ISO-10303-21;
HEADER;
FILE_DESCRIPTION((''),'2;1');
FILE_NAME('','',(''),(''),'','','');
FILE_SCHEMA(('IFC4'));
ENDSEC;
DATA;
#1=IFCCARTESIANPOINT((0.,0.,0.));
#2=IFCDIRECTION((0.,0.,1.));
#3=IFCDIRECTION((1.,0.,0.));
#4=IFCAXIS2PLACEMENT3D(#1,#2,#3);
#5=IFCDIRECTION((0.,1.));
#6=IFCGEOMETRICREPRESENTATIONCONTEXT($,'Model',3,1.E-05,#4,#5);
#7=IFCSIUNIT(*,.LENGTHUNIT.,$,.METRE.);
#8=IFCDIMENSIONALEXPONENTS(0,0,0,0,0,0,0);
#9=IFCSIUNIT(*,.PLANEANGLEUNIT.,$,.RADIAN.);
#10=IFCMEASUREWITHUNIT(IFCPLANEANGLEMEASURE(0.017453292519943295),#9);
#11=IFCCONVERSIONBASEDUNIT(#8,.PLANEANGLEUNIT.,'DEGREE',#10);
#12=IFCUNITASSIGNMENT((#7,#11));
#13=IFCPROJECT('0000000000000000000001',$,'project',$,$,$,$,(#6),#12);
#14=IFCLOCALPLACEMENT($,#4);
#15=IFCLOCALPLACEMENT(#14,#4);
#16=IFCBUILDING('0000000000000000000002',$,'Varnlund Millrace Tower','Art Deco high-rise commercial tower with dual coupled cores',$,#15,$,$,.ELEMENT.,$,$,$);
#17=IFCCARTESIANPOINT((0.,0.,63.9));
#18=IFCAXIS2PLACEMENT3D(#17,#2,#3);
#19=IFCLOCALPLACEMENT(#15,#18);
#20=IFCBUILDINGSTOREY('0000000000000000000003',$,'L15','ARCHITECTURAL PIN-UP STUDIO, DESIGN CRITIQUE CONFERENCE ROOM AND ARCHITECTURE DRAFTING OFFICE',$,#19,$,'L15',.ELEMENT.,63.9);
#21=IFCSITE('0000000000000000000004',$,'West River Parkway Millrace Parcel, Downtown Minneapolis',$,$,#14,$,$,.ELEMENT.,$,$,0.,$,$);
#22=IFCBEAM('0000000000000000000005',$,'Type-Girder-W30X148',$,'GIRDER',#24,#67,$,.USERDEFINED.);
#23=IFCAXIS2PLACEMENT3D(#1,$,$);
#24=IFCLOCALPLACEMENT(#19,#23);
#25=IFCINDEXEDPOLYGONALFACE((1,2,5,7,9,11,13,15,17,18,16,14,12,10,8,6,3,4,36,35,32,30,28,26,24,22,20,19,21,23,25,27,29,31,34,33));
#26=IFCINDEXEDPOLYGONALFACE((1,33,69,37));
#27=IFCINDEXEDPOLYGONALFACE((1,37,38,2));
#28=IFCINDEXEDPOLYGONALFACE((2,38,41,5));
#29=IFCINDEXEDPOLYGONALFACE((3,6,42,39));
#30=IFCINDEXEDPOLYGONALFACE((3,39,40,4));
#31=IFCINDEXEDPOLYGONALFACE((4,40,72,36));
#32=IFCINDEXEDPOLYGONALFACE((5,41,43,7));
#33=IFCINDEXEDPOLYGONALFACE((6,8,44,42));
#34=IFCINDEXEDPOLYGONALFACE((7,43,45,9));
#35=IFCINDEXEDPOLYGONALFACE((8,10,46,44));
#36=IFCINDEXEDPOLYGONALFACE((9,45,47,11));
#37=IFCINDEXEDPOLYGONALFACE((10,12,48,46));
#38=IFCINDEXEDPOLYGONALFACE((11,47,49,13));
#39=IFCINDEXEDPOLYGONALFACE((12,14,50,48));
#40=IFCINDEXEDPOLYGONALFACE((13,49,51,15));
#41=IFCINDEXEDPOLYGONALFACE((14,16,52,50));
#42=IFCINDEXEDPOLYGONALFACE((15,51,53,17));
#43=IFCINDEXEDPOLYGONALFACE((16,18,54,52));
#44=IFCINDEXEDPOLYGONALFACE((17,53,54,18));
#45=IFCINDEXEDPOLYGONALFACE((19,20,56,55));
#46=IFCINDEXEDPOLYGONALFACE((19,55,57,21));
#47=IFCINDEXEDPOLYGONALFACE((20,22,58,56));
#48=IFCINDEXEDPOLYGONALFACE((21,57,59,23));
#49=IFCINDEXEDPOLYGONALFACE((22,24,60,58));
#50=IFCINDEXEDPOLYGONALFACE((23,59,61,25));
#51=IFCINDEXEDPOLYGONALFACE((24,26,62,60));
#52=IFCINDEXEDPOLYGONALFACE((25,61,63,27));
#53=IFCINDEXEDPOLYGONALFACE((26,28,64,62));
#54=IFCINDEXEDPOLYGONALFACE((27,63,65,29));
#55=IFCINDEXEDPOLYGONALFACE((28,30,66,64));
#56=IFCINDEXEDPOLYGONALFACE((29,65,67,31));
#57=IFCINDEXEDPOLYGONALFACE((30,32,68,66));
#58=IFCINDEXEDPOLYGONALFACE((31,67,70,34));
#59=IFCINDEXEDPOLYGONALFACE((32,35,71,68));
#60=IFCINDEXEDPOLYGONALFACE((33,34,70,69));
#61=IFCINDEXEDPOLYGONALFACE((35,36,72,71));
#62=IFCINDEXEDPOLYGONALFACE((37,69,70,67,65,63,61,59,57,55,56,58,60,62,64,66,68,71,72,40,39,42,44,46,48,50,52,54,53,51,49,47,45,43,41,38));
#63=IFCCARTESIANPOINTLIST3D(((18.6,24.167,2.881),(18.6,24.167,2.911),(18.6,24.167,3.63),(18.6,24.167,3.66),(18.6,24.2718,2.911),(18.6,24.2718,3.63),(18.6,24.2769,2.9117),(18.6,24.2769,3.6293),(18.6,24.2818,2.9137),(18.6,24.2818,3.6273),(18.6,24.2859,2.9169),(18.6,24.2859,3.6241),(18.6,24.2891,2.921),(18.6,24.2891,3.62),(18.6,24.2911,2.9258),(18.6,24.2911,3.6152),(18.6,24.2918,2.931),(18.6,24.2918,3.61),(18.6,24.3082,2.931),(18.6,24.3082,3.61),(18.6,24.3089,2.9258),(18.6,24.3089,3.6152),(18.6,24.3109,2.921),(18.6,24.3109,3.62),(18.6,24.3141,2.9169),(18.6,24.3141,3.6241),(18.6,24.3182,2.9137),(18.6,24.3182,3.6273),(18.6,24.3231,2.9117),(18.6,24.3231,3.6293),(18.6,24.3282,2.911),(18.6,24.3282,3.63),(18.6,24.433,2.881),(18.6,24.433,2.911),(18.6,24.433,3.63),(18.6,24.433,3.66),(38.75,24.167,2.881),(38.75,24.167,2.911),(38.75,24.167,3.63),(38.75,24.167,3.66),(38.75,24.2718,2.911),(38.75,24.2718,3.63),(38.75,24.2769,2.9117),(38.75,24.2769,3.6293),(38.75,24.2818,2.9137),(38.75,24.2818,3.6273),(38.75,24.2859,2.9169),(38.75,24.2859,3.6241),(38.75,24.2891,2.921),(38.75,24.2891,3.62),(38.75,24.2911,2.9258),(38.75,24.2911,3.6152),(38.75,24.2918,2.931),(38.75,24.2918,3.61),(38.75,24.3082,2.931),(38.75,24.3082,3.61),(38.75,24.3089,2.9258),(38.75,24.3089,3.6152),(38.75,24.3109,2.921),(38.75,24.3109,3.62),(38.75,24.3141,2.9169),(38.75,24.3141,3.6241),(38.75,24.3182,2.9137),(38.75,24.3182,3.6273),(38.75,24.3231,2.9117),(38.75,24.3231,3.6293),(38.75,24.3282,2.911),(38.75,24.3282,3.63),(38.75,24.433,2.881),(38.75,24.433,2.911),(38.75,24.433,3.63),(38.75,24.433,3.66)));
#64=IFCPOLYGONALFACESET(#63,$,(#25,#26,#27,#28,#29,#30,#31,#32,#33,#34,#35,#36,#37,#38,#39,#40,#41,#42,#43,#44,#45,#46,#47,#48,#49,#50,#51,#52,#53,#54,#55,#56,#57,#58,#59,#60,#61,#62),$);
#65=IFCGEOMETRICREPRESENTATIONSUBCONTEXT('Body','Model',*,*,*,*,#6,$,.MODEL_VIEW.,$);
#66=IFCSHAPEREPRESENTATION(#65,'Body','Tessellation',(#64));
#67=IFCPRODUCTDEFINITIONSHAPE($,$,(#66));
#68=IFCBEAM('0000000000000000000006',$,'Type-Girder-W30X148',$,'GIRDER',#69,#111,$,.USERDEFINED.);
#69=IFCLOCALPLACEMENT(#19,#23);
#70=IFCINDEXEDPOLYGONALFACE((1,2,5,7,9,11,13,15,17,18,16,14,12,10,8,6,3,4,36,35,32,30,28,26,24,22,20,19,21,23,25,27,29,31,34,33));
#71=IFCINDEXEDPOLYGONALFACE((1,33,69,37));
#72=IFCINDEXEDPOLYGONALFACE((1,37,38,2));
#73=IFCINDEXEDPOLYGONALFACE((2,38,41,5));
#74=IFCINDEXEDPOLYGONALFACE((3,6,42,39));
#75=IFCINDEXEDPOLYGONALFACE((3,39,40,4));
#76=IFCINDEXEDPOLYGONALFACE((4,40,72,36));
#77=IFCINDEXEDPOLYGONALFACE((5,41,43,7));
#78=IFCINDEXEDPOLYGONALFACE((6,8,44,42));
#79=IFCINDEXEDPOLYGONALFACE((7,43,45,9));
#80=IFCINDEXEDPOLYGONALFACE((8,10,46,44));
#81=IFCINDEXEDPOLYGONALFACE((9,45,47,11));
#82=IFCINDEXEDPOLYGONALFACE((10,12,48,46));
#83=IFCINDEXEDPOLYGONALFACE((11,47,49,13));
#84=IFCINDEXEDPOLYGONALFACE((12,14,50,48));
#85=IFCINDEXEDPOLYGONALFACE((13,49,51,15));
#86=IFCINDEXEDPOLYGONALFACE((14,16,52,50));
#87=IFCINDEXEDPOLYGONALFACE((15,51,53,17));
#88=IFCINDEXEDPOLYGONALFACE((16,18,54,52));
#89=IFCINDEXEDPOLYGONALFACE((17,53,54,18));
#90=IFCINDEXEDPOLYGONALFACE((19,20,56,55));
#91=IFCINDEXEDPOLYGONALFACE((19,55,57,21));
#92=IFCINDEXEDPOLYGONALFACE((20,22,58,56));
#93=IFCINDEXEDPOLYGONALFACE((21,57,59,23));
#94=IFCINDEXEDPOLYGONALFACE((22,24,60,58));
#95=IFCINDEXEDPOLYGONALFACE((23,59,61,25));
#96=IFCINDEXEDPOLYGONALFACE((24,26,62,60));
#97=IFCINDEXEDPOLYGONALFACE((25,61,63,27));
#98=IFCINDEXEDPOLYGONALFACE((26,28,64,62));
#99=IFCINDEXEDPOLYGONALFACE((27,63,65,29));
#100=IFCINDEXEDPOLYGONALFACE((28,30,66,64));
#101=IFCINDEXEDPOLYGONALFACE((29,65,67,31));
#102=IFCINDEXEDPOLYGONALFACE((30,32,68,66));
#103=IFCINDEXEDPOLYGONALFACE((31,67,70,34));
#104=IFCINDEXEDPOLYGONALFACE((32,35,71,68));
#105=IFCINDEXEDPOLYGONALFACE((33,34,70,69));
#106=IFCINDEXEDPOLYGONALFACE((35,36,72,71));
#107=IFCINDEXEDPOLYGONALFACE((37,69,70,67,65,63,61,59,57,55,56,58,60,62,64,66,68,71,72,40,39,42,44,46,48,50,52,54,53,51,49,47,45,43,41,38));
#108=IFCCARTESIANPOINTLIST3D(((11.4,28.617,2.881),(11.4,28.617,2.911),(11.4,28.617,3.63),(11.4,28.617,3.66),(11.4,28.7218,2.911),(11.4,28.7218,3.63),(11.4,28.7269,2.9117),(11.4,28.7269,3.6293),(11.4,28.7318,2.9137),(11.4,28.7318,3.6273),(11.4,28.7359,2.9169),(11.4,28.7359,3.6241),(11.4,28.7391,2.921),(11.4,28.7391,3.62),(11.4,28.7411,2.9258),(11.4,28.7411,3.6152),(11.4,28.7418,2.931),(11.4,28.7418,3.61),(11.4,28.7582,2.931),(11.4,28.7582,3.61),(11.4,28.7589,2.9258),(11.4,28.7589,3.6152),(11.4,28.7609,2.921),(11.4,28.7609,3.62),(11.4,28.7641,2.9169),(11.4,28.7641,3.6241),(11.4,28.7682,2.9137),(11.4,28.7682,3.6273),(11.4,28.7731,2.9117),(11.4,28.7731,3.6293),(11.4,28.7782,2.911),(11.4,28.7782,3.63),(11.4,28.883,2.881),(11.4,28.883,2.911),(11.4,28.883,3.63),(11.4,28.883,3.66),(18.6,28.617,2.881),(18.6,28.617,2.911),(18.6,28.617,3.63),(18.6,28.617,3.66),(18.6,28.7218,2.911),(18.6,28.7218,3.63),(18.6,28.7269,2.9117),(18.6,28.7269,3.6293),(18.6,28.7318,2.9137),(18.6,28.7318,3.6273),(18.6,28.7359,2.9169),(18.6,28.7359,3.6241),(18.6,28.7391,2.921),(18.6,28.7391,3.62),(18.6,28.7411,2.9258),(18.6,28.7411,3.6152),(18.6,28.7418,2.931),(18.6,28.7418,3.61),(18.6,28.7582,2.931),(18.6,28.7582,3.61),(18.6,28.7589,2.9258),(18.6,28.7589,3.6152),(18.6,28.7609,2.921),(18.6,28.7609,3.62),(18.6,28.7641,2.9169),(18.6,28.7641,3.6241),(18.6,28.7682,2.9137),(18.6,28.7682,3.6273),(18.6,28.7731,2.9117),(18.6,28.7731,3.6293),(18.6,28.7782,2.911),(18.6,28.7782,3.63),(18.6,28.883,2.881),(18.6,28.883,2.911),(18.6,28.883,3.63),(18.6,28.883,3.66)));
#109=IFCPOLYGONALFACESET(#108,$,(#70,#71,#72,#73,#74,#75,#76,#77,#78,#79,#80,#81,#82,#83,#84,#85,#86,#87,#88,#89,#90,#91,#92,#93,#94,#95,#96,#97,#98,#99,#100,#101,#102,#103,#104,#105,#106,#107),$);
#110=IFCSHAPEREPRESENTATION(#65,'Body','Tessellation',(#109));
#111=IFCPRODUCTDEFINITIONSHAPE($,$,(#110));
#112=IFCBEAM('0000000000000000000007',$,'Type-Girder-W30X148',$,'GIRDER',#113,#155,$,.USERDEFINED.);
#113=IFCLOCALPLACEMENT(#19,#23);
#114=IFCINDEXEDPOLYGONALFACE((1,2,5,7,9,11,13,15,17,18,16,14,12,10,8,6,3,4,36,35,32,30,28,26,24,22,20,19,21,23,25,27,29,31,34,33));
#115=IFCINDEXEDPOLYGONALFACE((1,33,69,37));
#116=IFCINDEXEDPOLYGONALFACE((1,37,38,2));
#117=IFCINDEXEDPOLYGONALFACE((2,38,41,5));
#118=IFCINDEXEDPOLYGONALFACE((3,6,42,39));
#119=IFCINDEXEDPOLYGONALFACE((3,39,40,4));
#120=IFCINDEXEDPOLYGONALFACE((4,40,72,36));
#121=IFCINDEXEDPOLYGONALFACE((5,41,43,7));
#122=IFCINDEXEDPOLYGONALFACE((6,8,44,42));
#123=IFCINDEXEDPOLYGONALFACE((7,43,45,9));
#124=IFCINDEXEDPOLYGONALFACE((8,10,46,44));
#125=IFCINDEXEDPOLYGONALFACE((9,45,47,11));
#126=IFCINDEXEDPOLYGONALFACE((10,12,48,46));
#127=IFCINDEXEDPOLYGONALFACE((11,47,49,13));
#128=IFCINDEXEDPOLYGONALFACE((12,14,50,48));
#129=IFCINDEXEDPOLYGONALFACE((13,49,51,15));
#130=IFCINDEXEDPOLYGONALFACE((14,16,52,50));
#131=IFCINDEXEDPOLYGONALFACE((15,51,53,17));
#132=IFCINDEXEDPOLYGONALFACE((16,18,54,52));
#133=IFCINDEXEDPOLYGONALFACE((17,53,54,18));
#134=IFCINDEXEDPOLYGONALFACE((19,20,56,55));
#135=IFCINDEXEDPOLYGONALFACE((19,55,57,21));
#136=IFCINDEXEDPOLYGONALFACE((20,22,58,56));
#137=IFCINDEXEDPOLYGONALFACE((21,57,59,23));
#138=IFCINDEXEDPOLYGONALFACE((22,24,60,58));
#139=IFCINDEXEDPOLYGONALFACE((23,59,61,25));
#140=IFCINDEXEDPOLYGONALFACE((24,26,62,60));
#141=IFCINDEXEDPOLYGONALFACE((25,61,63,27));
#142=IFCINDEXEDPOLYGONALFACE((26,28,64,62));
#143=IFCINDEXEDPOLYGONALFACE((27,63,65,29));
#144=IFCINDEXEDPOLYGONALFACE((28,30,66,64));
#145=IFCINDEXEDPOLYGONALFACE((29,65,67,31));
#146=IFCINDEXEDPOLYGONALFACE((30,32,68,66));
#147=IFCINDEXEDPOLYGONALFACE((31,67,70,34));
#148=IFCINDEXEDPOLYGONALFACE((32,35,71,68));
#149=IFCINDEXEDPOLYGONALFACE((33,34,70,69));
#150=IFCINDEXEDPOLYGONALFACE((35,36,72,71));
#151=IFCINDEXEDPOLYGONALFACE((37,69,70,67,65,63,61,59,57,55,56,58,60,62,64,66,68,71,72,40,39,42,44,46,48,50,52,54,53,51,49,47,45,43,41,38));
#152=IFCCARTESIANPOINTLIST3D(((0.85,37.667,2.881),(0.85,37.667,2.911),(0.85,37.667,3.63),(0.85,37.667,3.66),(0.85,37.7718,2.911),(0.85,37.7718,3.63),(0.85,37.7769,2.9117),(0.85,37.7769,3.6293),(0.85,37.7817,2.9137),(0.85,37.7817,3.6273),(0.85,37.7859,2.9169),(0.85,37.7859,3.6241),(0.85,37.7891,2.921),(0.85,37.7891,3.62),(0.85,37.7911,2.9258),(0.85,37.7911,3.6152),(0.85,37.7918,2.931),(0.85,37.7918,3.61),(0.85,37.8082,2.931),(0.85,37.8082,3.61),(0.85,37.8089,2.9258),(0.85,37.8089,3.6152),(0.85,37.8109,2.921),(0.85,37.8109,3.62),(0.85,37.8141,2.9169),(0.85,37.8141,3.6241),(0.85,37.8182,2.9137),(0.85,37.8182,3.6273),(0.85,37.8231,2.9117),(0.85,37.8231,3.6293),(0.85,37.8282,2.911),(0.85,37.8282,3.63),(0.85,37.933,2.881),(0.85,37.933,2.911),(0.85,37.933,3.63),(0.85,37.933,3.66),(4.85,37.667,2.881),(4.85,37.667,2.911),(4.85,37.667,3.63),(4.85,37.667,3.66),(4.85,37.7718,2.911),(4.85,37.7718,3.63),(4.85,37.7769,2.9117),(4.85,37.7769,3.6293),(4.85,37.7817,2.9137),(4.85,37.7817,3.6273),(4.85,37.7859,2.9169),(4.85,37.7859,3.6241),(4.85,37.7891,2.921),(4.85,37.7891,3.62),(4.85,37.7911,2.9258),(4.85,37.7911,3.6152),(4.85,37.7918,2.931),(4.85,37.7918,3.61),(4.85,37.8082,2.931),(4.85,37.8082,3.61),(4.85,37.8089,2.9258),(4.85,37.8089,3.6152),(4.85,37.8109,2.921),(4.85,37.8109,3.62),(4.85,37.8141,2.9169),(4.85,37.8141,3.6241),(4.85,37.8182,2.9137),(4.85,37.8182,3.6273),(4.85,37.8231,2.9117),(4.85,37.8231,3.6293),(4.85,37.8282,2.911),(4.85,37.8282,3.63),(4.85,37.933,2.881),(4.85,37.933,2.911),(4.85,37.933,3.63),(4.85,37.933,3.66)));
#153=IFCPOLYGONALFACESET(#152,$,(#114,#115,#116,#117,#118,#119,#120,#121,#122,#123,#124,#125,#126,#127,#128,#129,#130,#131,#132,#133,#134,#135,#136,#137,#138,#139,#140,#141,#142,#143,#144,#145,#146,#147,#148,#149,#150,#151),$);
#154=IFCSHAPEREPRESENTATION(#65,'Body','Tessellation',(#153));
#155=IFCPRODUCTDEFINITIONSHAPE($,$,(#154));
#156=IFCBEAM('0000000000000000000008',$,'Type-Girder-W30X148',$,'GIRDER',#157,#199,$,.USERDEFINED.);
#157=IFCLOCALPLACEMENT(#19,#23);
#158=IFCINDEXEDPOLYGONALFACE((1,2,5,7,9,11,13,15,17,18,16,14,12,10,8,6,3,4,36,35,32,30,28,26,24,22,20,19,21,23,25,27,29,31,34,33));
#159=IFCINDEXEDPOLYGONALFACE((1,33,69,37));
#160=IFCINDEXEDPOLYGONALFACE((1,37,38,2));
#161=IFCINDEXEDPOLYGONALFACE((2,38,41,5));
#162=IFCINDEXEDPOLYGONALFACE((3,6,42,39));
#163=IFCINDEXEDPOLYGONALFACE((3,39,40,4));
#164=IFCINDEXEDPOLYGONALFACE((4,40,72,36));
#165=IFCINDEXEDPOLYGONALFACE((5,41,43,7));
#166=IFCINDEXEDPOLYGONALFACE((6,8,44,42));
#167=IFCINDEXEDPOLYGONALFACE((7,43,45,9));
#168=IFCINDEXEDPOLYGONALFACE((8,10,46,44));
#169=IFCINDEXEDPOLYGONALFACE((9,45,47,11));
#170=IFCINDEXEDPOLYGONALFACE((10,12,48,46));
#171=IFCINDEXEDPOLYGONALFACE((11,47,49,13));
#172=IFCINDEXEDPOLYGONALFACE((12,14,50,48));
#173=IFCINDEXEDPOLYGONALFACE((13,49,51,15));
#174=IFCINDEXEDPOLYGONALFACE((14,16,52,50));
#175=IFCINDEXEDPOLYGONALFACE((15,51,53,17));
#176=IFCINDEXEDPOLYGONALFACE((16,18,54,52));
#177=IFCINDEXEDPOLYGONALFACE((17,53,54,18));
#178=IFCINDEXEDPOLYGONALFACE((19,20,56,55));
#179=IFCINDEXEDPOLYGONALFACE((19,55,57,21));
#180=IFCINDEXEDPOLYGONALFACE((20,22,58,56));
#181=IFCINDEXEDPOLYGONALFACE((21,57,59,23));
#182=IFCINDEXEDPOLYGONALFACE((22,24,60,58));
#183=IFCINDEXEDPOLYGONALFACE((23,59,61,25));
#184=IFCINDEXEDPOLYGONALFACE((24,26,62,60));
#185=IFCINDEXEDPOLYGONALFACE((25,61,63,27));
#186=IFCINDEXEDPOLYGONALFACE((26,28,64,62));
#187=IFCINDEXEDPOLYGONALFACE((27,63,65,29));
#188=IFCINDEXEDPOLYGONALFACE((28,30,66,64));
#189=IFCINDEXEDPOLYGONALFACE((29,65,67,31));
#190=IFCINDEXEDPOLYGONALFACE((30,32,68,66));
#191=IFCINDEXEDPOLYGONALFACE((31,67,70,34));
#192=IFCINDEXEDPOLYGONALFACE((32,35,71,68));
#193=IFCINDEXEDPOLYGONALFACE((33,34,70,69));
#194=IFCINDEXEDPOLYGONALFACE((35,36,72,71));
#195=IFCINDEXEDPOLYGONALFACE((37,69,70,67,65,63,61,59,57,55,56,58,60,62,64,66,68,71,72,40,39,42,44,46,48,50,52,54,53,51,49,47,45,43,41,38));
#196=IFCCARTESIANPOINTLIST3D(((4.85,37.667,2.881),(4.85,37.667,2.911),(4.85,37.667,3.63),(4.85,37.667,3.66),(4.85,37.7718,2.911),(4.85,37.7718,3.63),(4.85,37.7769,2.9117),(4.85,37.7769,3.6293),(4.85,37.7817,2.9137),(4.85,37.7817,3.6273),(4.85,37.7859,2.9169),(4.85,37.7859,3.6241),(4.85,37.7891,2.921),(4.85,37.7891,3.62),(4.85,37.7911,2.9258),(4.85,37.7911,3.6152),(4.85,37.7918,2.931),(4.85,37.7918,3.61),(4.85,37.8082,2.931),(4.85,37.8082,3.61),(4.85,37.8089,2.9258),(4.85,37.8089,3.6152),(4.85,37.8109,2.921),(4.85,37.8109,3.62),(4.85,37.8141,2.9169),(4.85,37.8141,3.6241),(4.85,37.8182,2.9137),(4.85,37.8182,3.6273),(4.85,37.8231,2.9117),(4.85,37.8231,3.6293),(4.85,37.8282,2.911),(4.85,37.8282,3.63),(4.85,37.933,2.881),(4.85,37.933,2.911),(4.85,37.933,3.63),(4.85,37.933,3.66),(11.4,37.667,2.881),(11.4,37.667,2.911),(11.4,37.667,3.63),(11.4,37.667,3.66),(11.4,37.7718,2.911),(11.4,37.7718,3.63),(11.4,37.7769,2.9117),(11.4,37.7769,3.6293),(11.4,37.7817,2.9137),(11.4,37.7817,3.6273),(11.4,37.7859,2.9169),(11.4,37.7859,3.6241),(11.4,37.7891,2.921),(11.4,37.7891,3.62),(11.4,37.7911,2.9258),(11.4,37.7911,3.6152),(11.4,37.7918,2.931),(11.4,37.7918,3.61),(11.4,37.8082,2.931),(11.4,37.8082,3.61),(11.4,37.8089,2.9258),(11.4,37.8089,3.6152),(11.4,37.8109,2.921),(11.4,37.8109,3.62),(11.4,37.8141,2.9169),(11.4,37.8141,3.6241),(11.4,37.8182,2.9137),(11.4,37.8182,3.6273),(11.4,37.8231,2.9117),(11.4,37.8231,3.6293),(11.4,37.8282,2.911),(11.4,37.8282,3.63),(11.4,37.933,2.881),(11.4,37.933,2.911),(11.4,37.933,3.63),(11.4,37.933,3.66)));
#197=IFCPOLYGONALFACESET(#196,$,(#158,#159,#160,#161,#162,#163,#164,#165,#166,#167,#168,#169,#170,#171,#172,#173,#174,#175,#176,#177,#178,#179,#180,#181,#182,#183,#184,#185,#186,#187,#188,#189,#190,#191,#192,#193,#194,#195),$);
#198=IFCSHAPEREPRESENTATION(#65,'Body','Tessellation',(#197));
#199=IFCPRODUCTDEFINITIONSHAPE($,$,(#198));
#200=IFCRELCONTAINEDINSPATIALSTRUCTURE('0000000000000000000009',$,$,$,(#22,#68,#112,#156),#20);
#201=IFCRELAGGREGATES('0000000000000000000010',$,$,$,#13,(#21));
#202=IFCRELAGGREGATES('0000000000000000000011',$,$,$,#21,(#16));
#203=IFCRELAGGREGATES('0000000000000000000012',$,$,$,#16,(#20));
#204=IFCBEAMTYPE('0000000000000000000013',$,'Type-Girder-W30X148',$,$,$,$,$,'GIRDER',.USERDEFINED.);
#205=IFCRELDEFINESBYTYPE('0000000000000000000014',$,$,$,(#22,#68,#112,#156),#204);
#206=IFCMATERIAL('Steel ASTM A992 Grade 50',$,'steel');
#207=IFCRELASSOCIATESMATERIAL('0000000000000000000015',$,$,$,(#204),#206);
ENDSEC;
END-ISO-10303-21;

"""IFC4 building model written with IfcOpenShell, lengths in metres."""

from ifc_helpers import new_model, entity, si_unit, converted_unit, direction, frame, origin_with_axes, origin_2d_with_axis, place, context, subcontext, project, spatial, i_section, extrude, material, material_profile, profile_set, type_object, element, save


model = new_model("IFC4")

# Units and contexts
model_context = context("Model", 3, precision=1e-05, world=origin_with_axes(), true_north=direction((0.0, 1.0)))
body_context = subcontext(model_context, "Body", "Model", "MODEL_VIEW")
ifc_project = project(units=[si_unit("LENGTHUNIT", "METRE"), converted_unit("PLANEANGLEUNIT", "DEGREE", entity("IfcPlaneAngleMeasure", 0.017453292519943295), si_unit("PLANEANGLEUNIT", "RADIAN"), dimensions=[0, 0, 0, 0, 0, 0, 0])], contexts=[model_context])

# Site, building, storey
site_placement = place(None, origin_with_axes())
site = spatial("IfcSite", under=ifc_project, at=site_placement, Name="West River Parkway Millrace Parcel, Downtown Minneapolis", CompositionType="ELEMENT", RefElevation=0.0)
building_placement = place(site_placement, origin_with_axes())
building = spatial("IfcBuilding", under=site, at=building_placement, Name="Varnlund Millrace Tower", Description="Art Deco high-rise commercial tower with dual coupled cores", CompositionType="ELEMENT")
storey_placement = place(building_placement, frame((0.0, 0.0, 63.9), z_axis=(0.0, 0.0, 1.0), x_axis=(1.0, 0.0, 0.0)))
storey = spatial("IfcBuildingStorey", under=building, at=storey_placement, Name="L15", Description="ARCHITECTURAL PIN-UP STUDIO, DESIGN CRITIQUE CONFERENCE ROOM AND ARCHITECTURE DRAFTING OFFICE", LongName="L15", CompositionType="ELEMENT", Elevation=63.9)

# Beams
ifc_material_1 = material(Name="Steel ASTM A992 Grade 50", Category="steel")
ifc_material_profile_1 = material_profile(ifc_material_1, i_section(OverallWidth=0.266, OverallDepth=0.779, WebThickness=0.0165, FlangeThickness=0.03, FilletRadius=0.02, at=origin_2d_with_axis()), Name="Steel ASTM A992 Grade 50")
ifc_profile_set_1 = profile_set([ifc_material_profile_1], Name="Steel ASTM A992 Grade 50")
beam_type_1 = type_object("IfcBeamType", Name="Type-Girder-W30X148", ElementType="GIRDER", PredefinedType="USERDEFINED", material=ifc_profile_set_1)
beam_1_placement = place(storey_placement, frame((18.6, 24.3, 3.2705), z_axis=(1.0, 0.0, 0.0), x_axis=(0.0, 1.0, 0.0)))
element("IfcBeam", 1, at=beam_1_placement, inside=storey, type_object=beam_type_1, Name="Type-Girder-W30X148", ObjectType="GIRDER", PredefinedType="USERDEFINED", context=body_context, shape_type="SweptSolid", body=[
    extrude(i_section(OverallWidth=0.266, OverallDepth=0.779, WebThickness=0.0165, FlangeThickness=0.03, FilletRadius=0.02, at=origin_2d_with_axis()), origin_with_axes(), (0.0, 0.0, 1.0), 20.15),
])
beam_2_placement = place(storey_placement, frame((11.4, 28.75, 3.2705), z_axis=(1.0, 0.0, 0.0), x_axis=(0.0, 1.0, 0.0)))
element("IfcBeam", 2, at=beam_2_placement, inside=storey, type_object=beam_type_1, Name="Type-Girder-W30X148", ObjectType="GIRDER", PredefinedType="USERDEFINED", context=body_context, shape_type="SweptSolid", body=[
    extrude(i_section(OverallWidth=0.266, OverallDepth=0.779, WebThickness=0.0165, FlangeThickness=0.03, FilletRadius=0.02, at=origin_2d_with_axis()), origin_with_axes(), (0.0, 0.0, 1.0), 7.2),
])
beam_3_placement = place(storey_placement, frame((0.85, 37.8, 3.2705), z_axis=(1.0, 0.0, 0.0), x_axis=(0.0, 1.0, 0.0)))
element("IfcBeam", 3, at=beam_3_placement, inside=storey, type_object=beam_type_1, Name="Type-Girder-W30X148", ObjectType="GIRDER", PredefinedType="USERDEFINED", context=body_context, shape_type="SweptSolid", body=[
    extrude(i_section(OverallWidth=0.266, OverallDepth=0.779, WebThickness=0.0165, FlangeThickness=0.03, FilletRadius=0.02, at=origin_2d_with_axis()), origin_with_axes(), (0.0, 0.0, 1.0), 4.0),
])
beam_4_placement = place(storey_placement, frame((4.85, 37.8, 3.2705), z_axis=(1.0, 0.0, 0.0), x_axis=(0.0, 1.0, 0.0)))
element("IfcBeam", 4, at=beam_4_placement, inside=storey, type_object=beam_type_1, Name="Type-Girder-W30X148", ObjectType="GIRDER", PredefinedType="USERDEFINED", context=body_context, shape_type="SweptSolid", body=[
    extrude(i_section(OverallWidth=0.266, OverallDepth=0.779, WebThickness=0.0165, FlangeThickness=0.03, FilletRadius=0.02, at=origin_2d_with_axis()), origin_with_axes(), (0.0, 0.0, 1.0), 6.55),
])

save(model, "model.ifc")
